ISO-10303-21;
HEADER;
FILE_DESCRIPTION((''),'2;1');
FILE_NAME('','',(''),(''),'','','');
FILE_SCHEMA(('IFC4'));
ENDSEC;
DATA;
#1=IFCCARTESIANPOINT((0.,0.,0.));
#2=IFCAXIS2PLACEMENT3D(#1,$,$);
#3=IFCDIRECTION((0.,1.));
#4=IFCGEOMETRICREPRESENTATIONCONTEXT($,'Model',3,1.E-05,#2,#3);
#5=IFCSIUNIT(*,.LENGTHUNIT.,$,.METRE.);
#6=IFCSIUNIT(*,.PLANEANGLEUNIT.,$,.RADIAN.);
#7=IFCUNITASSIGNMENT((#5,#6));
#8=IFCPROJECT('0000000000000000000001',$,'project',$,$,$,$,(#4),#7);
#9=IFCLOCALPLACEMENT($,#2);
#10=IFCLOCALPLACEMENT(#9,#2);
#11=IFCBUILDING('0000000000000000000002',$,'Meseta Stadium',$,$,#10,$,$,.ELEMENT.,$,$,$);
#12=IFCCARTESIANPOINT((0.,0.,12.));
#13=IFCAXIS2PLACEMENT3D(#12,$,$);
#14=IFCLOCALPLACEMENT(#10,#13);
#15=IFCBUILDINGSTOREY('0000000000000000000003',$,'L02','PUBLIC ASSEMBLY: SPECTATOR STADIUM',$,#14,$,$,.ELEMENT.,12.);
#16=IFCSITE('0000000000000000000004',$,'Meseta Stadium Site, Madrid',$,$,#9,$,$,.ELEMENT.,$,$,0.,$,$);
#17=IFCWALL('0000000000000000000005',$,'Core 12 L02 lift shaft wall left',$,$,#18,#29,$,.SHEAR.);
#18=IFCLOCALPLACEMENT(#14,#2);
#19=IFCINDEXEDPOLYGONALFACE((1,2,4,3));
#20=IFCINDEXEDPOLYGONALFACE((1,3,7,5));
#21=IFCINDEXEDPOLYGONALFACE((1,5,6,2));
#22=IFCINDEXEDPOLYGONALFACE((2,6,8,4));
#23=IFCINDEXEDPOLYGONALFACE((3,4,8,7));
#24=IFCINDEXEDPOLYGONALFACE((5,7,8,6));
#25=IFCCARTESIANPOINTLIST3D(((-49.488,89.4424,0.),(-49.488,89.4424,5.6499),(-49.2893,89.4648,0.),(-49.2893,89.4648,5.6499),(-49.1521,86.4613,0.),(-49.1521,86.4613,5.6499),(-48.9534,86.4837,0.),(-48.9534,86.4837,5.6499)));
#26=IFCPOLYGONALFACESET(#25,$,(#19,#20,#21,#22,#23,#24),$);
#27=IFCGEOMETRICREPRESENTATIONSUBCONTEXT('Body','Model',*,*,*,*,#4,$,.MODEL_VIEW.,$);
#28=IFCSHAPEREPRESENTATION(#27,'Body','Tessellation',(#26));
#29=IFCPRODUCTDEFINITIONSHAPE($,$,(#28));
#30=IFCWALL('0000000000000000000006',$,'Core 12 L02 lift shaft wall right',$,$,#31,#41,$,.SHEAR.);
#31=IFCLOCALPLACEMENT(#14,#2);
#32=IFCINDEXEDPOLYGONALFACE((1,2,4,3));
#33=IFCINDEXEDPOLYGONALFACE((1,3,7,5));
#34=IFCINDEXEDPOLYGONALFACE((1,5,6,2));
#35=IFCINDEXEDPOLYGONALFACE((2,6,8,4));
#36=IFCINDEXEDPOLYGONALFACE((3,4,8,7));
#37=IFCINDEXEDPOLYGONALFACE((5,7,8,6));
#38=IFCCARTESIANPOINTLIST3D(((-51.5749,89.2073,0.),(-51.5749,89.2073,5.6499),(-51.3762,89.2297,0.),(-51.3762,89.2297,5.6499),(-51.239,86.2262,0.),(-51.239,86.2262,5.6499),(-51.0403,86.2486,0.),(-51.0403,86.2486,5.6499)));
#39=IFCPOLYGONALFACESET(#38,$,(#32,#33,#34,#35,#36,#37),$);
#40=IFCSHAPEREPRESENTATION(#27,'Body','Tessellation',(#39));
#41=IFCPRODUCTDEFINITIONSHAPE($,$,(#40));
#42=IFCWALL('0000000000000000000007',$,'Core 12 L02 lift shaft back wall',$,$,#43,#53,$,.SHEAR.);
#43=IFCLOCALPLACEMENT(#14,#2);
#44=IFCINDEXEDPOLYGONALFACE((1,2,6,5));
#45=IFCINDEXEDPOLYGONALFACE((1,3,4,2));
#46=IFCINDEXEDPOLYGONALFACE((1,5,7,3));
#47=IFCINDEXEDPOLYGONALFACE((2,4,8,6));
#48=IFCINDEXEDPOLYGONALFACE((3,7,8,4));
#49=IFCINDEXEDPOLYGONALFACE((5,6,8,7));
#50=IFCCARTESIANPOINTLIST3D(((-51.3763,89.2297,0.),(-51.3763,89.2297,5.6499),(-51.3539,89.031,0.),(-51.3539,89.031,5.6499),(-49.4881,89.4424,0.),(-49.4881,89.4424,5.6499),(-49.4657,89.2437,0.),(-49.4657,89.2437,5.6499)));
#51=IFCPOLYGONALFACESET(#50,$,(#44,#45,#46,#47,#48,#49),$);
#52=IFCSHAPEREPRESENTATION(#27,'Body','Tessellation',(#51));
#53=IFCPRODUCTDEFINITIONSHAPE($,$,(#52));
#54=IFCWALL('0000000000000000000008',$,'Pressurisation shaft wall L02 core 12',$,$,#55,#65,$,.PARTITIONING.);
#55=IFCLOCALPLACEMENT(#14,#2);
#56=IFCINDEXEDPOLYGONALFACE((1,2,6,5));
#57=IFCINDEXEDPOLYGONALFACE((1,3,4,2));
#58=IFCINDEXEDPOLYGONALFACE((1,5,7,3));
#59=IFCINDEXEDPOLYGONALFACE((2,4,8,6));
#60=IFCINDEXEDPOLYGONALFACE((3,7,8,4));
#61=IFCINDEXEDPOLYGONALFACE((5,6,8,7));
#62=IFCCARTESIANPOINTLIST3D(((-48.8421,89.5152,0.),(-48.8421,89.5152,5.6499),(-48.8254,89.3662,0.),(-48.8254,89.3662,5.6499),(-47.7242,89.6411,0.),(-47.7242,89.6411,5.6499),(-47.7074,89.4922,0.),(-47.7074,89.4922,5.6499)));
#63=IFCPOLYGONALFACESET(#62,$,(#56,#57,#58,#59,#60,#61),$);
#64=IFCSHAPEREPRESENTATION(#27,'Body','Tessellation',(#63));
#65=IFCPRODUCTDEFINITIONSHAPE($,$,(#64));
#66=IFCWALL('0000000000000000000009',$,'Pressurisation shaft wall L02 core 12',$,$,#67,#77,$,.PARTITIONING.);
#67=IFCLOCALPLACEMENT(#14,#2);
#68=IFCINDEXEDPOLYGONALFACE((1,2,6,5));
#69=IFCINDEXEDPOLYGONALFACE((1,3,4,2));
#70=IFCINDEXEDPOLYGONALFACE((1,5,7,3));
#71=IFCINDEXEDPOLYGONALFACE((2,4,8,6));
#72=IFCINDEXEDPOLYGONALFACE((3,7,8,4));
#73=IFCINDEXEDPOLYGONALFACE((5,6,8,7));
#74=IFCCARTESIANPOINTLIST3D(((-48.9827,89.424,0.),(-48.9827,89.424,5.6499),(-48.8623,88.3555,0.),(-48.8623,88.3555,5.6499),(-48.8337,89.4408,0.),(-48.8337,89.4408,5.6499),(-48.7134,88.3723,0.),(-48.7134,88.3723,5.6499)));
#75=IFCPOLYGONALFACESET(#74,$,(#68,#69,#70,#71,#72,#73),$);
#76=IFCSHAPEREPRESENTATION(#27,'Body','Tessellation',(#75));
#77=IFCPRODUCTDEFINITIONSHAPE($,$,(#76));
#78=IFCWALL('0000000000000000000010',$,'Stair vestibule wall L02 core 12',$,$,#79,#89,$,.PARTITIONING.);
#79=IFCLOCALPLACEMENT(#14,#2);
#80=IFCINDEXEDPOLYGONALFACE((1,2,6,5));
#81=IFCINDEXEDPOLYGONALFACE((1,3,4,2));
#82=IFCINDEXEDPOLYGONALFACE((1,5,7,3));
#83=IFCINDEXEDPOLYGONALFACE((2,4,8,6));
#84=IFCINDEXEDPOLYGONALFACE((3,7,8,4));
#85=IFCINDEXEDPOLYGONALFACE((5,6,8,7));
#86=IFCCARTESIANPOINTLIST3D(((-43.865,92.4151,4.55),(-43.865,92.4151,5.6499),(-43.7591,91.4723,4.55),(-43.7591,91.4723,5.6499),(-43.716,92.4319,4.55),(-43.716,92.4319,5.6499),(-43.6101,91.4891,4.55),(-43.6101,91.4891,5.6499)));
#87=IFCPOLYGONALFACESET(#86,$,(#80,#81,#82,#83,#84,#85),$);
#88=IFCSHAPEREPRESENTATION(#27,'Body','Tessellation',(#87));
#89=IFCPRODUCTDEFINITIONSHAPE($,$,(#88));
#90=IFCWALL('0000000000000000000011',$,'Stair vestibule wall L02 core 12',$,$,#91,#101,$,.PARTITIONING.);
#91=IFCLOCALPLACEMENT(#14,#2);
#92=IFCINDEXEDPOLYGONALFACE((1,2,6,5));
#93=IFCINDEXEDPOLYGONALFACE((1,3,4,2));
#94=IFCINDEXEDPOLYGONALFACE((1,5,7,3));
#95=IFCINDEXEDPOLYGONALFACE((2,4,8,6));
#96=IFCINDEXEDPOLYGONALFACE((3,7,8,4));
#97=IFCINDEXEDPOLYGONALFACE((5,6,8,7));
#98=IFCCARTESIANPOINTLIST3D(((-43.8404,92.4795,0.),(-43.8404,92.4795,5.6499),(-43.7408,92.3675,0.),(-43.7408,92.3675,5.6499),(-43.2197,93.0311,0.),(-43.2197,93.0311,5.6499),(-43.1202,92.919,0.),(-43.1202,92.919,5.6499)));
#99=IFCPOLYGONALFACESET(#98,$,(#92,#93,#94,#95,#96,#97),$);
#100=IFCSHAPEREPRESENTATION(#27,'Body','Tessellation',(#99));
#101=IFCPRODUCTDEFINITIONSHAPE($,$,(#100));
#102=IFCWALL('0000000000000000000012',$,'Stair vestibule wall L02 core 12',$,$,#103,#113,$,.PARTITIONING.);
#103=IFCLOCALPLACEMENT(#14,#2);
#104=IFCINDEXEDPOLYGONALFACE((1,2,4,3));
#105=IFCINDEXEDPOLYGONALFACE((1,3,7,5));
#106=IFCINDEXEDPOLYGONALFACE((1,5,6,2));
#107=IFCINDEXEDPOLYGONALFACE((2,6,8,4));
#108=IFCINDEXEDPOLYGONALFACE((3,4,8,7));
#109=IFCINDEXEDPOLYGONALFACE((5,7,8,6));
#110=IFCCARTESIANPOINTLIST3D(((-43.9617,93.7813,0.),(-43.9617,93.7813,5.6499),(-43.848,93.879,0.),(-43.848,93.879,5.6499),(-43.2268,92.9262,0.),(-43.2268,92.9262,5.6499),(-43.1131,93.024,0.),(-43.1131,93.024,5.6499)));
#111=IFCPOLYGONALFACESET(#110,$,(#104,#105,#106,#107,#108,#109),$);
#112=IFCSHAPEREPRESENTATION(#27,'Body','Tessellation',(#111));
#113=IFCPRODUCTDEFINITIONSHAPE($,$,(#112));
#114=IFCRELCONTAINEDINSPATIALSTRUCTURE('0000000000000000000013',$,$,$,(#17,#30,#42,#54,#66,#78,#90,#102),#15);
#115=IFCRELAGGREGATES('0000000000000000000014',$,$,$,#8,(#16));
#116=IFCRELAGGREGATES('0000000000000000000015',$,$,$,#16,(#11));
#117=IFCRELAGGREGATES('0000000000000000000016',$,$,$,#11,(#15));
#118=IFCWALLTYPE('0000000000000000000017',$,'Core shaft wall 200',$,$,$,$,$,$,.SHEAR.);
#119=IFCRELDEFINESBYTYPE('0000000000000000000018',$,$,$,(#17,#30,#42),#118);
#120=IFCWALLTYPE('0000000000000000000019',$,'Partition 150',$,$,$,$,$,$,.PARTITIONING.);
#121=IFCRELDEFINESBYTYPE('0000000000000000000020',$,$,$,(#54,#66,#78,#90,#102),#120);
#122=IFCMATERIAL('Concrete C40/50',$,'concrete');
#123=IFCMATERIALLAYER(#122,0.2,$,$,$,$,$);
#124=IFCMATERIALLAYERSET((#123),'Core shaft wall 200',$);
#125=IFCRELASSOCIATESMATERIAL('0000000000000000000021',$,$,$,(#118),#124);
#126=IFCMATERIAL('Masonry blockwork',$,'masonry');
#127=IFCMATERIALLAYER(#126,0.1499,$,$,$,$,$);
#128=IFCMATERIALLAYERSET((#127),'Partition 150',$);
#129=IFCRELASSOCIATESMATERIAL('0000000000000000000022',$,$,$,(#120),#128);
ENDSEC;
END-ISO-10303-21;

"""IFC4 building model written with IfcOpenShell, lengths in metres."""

from ifc_helpers import new_model, si_unit, direction, frame, frame_2d, origin, place, context, subcontext, project, spatial, rectangle, extrude, material, layer, layer_set, type_object, element, save


model = new_model("IFC4")

# Units and contexts
model_context = context("Model", 3, precision=1e-05, world=origin(), true_north=direction((0.0, 1.0)))
body_context = subcontext(model_context, "Body", "Model", "MODEL_VIEW")
ifc_project = project(units=[si_unit("LENGTHUNIT", "METRE"), si_unit("PLANEANGLEUNIT", "RADIAN")], contexts=[model_context])

# Site, building, storey
site_placement = place(None, origin())
site = spatial("IfcSite", under=ifc_project, at=site_placement, Name="Meseta Stadium Site, Madrid", CompositionType="ELEMENT", RefElevation=0.0)
building_placement = place(site_placement, origin())
building = spatial("IfcBuilding", under=site, at=building_placement, Name="Meseta Stadium", CompositionType="ELEMENT")
storey_placement = place(building_placement, frame((0.0, 0.0, 12.0)))
storey = spatial("IfcBuildingStorey", under=building, at=storey_placement, Name="L02", Description="PUBLIC ASSEMBLY: SPECTATOR STADIUM", CompositionType="ELEMENT", Elevation=12.0)

# Shared definitions
ifc_material_1 = material(Name="Concrete C40/50", Category="concrete")
ifc_layer_1 = layer(ifc_material_1, 0.2)
ifc_layer_set_1 = layer_set([ifc_layer_1], Name="Core shaft wall 200")
wall_type_1 = type_object("IfcWallType", Name="Core shaft wall 200", PredefinedType="SHEAR", material=ifc_layer_set_1)

# Walls
for number, where, z_axis, x_axis, name in (
    (1, (-49.3887, 89.4536, 0.0), (0.0, 0.0, 1.0), (0.111977, -0.993711, 0.0), "Core 12 L02 lift shaft wall left"),
    (2, (-51.4756, 89.2185, 0.0), (0.0, 0.0, 1.0), (0.111977, -0.993711, 0.0), "Core 12 L02 lift shaft wall right"),
):
    element("IfcWall", number, at=place(storey_placement, frame(where, z_axis=z_axis, x_axis=x_axis)), inside=storey, type_object=wall_type_1, Name=name, PredefinedType="SHEAR", context=body_context, shape_type="SweptSolid", body=[
        extrude(rectangle(XDim=3.0, YDim=0.2, at=frame_2d((1.5, 0.0))), origin(), (0.0, 0.0, 1.0), 5.6499),
    ])
wall_1_placement = place(storey_placement, frame((-49.4768, 89.343, 0.0), z_axis=(0.0, 0.0, 1.0), x_axis=(-0.993718, -0.111912, 0.0)))
element("IfcWall", 3, at=wall_1_placement, inside=storey, type_object=wall_type_1, Name="Core 12 L02 lift shaft back wall", PredefinedType="SHEAR", context=body_context, shape_type="SweptSolid", body=[
    extrude(rectangle(XDim=1.9001, YDim=0.2, at=frame_2d((0.9502, 0.0))), origin(), (0.0, 0.0, 1.0), 5.6499),
])
ifc_material_2 = material(Name="Masonry blockwork", Category="masonry")
ifc_layer_2 = layer(ifc_material_2, 0.1499)
ifc_layer_set_2 = layer_set([ifc_layer_2], Name="Partition 150")
wall_type_2 = type_object("IfcWallType", Name="Partition 150", PredefinedType="PARTITIONING", material=ifc_layer_set_2)
wall_2_placement = place(storey_placement, frame((-47.7158, 89.5667, 0.0), z_axis=(0.0, 0.0, 1.0), x_axis=(-0.993711, -0.11198, 0.0)))
element("IfcWall", 4, at=wall_2_placement, inside=storey, type_object=wall_type_2, Name="Pressurisation shaft wall L02 core 12", PredefinedType="PARTITIONING", context=body_context, shape_type="SweptSolid", body=[
    extrude(rectangle(XDim=1.125, YDim=0.1499, at=frame_2d((0.5625, 0.0))), origin(), (0.0, 0.0, 1.0), 5.6499),
])
wall_3_placement = place(storey_placement, frame((-48.9082, 89.4324, 0.0), z_axis=(0.0, 0.0, 1.0), x_axis=(0.111952, -0.993714, 0.0)))
element("IfcWall", 5, at=wall_3_placement, inside=storey, type_object=wall_type_2, Name="Pressurisation shaft wall L02 core 12", PredefinedType="PARTITIONING", context=body_context, shape_type="SweptSolid", body=[
    extrude(rectangle(XDim=1.0752, YDim=0.1499, at=frame_2d((0.5376, 0.0))), origin(), (0.0, 0.0, 1.0), 5.6499),
])
wall_4_placement = place(storey_placement, frame((-43.6846, 91.4807, 4.55), z_axis=(0.0, 0.0, 1.0), x_axis=(-0.111674, 0.993745, 0.0)))
element("IfcWall", 6, at=wall_4_placement, inside=storey, type_object=wall_type_2, Name="Stair vestibule wall L02 core 12", PredefinedType="PARTITIONING", context=body_context, shape_type="SweptSolid", body=[
    extrude(rectangle(XDim=0.9487, YDim=0.1499, at=frame_2d((0.4744, 0.0))), origin(), (0.0, 0.0, 1.0), 1.0999),
])
wall_5_placement = place(storey_placement, frame((-43.7905, 92.4236, 0.0), z_axis=(0.0, 0.0, 1.0), x_axis=(0.74749, 0.664273, 0.0)))
element("IfcWall", 7, at=wall_5_placement, inside=storey, type_object=wall_type_2, Name="Stair vestibule wall L02 core 12", PredefinedType="PARTITIONING", context=body_context, shape_type="SweptSolid", body=[
    extrude(rectangle(XDim=0.8303, YDim=0.1499, at=frame_2d((0.415, 0.0))), origin(), (0.0, 0.0, 1.0), 5.6499),
])
wall_6_placement = place(storey_placement, frame((-43.1699, 92.9751, 0.0), z_axis=(0.0, 0.0, 1.0), x_axis=(-0.651825, 0.758369, 0.0)))
element("IfcWall", 8, at=wall_6_placement, inside=storey, type_object=wall_type_2, Name="Stair vestibule wall L02 core 12", PredefinedType="PARTITIONING", context=body_context, shape_type="SweptSolid", body=[
    extrude(rectangle(XDim=1.1274, YDim=0.1499, at=frame_2d((0.5637, 0.0))), origin(), (0.0, 0.0, 1.0), 5.6499),
])

save(model, "model.ifc")
